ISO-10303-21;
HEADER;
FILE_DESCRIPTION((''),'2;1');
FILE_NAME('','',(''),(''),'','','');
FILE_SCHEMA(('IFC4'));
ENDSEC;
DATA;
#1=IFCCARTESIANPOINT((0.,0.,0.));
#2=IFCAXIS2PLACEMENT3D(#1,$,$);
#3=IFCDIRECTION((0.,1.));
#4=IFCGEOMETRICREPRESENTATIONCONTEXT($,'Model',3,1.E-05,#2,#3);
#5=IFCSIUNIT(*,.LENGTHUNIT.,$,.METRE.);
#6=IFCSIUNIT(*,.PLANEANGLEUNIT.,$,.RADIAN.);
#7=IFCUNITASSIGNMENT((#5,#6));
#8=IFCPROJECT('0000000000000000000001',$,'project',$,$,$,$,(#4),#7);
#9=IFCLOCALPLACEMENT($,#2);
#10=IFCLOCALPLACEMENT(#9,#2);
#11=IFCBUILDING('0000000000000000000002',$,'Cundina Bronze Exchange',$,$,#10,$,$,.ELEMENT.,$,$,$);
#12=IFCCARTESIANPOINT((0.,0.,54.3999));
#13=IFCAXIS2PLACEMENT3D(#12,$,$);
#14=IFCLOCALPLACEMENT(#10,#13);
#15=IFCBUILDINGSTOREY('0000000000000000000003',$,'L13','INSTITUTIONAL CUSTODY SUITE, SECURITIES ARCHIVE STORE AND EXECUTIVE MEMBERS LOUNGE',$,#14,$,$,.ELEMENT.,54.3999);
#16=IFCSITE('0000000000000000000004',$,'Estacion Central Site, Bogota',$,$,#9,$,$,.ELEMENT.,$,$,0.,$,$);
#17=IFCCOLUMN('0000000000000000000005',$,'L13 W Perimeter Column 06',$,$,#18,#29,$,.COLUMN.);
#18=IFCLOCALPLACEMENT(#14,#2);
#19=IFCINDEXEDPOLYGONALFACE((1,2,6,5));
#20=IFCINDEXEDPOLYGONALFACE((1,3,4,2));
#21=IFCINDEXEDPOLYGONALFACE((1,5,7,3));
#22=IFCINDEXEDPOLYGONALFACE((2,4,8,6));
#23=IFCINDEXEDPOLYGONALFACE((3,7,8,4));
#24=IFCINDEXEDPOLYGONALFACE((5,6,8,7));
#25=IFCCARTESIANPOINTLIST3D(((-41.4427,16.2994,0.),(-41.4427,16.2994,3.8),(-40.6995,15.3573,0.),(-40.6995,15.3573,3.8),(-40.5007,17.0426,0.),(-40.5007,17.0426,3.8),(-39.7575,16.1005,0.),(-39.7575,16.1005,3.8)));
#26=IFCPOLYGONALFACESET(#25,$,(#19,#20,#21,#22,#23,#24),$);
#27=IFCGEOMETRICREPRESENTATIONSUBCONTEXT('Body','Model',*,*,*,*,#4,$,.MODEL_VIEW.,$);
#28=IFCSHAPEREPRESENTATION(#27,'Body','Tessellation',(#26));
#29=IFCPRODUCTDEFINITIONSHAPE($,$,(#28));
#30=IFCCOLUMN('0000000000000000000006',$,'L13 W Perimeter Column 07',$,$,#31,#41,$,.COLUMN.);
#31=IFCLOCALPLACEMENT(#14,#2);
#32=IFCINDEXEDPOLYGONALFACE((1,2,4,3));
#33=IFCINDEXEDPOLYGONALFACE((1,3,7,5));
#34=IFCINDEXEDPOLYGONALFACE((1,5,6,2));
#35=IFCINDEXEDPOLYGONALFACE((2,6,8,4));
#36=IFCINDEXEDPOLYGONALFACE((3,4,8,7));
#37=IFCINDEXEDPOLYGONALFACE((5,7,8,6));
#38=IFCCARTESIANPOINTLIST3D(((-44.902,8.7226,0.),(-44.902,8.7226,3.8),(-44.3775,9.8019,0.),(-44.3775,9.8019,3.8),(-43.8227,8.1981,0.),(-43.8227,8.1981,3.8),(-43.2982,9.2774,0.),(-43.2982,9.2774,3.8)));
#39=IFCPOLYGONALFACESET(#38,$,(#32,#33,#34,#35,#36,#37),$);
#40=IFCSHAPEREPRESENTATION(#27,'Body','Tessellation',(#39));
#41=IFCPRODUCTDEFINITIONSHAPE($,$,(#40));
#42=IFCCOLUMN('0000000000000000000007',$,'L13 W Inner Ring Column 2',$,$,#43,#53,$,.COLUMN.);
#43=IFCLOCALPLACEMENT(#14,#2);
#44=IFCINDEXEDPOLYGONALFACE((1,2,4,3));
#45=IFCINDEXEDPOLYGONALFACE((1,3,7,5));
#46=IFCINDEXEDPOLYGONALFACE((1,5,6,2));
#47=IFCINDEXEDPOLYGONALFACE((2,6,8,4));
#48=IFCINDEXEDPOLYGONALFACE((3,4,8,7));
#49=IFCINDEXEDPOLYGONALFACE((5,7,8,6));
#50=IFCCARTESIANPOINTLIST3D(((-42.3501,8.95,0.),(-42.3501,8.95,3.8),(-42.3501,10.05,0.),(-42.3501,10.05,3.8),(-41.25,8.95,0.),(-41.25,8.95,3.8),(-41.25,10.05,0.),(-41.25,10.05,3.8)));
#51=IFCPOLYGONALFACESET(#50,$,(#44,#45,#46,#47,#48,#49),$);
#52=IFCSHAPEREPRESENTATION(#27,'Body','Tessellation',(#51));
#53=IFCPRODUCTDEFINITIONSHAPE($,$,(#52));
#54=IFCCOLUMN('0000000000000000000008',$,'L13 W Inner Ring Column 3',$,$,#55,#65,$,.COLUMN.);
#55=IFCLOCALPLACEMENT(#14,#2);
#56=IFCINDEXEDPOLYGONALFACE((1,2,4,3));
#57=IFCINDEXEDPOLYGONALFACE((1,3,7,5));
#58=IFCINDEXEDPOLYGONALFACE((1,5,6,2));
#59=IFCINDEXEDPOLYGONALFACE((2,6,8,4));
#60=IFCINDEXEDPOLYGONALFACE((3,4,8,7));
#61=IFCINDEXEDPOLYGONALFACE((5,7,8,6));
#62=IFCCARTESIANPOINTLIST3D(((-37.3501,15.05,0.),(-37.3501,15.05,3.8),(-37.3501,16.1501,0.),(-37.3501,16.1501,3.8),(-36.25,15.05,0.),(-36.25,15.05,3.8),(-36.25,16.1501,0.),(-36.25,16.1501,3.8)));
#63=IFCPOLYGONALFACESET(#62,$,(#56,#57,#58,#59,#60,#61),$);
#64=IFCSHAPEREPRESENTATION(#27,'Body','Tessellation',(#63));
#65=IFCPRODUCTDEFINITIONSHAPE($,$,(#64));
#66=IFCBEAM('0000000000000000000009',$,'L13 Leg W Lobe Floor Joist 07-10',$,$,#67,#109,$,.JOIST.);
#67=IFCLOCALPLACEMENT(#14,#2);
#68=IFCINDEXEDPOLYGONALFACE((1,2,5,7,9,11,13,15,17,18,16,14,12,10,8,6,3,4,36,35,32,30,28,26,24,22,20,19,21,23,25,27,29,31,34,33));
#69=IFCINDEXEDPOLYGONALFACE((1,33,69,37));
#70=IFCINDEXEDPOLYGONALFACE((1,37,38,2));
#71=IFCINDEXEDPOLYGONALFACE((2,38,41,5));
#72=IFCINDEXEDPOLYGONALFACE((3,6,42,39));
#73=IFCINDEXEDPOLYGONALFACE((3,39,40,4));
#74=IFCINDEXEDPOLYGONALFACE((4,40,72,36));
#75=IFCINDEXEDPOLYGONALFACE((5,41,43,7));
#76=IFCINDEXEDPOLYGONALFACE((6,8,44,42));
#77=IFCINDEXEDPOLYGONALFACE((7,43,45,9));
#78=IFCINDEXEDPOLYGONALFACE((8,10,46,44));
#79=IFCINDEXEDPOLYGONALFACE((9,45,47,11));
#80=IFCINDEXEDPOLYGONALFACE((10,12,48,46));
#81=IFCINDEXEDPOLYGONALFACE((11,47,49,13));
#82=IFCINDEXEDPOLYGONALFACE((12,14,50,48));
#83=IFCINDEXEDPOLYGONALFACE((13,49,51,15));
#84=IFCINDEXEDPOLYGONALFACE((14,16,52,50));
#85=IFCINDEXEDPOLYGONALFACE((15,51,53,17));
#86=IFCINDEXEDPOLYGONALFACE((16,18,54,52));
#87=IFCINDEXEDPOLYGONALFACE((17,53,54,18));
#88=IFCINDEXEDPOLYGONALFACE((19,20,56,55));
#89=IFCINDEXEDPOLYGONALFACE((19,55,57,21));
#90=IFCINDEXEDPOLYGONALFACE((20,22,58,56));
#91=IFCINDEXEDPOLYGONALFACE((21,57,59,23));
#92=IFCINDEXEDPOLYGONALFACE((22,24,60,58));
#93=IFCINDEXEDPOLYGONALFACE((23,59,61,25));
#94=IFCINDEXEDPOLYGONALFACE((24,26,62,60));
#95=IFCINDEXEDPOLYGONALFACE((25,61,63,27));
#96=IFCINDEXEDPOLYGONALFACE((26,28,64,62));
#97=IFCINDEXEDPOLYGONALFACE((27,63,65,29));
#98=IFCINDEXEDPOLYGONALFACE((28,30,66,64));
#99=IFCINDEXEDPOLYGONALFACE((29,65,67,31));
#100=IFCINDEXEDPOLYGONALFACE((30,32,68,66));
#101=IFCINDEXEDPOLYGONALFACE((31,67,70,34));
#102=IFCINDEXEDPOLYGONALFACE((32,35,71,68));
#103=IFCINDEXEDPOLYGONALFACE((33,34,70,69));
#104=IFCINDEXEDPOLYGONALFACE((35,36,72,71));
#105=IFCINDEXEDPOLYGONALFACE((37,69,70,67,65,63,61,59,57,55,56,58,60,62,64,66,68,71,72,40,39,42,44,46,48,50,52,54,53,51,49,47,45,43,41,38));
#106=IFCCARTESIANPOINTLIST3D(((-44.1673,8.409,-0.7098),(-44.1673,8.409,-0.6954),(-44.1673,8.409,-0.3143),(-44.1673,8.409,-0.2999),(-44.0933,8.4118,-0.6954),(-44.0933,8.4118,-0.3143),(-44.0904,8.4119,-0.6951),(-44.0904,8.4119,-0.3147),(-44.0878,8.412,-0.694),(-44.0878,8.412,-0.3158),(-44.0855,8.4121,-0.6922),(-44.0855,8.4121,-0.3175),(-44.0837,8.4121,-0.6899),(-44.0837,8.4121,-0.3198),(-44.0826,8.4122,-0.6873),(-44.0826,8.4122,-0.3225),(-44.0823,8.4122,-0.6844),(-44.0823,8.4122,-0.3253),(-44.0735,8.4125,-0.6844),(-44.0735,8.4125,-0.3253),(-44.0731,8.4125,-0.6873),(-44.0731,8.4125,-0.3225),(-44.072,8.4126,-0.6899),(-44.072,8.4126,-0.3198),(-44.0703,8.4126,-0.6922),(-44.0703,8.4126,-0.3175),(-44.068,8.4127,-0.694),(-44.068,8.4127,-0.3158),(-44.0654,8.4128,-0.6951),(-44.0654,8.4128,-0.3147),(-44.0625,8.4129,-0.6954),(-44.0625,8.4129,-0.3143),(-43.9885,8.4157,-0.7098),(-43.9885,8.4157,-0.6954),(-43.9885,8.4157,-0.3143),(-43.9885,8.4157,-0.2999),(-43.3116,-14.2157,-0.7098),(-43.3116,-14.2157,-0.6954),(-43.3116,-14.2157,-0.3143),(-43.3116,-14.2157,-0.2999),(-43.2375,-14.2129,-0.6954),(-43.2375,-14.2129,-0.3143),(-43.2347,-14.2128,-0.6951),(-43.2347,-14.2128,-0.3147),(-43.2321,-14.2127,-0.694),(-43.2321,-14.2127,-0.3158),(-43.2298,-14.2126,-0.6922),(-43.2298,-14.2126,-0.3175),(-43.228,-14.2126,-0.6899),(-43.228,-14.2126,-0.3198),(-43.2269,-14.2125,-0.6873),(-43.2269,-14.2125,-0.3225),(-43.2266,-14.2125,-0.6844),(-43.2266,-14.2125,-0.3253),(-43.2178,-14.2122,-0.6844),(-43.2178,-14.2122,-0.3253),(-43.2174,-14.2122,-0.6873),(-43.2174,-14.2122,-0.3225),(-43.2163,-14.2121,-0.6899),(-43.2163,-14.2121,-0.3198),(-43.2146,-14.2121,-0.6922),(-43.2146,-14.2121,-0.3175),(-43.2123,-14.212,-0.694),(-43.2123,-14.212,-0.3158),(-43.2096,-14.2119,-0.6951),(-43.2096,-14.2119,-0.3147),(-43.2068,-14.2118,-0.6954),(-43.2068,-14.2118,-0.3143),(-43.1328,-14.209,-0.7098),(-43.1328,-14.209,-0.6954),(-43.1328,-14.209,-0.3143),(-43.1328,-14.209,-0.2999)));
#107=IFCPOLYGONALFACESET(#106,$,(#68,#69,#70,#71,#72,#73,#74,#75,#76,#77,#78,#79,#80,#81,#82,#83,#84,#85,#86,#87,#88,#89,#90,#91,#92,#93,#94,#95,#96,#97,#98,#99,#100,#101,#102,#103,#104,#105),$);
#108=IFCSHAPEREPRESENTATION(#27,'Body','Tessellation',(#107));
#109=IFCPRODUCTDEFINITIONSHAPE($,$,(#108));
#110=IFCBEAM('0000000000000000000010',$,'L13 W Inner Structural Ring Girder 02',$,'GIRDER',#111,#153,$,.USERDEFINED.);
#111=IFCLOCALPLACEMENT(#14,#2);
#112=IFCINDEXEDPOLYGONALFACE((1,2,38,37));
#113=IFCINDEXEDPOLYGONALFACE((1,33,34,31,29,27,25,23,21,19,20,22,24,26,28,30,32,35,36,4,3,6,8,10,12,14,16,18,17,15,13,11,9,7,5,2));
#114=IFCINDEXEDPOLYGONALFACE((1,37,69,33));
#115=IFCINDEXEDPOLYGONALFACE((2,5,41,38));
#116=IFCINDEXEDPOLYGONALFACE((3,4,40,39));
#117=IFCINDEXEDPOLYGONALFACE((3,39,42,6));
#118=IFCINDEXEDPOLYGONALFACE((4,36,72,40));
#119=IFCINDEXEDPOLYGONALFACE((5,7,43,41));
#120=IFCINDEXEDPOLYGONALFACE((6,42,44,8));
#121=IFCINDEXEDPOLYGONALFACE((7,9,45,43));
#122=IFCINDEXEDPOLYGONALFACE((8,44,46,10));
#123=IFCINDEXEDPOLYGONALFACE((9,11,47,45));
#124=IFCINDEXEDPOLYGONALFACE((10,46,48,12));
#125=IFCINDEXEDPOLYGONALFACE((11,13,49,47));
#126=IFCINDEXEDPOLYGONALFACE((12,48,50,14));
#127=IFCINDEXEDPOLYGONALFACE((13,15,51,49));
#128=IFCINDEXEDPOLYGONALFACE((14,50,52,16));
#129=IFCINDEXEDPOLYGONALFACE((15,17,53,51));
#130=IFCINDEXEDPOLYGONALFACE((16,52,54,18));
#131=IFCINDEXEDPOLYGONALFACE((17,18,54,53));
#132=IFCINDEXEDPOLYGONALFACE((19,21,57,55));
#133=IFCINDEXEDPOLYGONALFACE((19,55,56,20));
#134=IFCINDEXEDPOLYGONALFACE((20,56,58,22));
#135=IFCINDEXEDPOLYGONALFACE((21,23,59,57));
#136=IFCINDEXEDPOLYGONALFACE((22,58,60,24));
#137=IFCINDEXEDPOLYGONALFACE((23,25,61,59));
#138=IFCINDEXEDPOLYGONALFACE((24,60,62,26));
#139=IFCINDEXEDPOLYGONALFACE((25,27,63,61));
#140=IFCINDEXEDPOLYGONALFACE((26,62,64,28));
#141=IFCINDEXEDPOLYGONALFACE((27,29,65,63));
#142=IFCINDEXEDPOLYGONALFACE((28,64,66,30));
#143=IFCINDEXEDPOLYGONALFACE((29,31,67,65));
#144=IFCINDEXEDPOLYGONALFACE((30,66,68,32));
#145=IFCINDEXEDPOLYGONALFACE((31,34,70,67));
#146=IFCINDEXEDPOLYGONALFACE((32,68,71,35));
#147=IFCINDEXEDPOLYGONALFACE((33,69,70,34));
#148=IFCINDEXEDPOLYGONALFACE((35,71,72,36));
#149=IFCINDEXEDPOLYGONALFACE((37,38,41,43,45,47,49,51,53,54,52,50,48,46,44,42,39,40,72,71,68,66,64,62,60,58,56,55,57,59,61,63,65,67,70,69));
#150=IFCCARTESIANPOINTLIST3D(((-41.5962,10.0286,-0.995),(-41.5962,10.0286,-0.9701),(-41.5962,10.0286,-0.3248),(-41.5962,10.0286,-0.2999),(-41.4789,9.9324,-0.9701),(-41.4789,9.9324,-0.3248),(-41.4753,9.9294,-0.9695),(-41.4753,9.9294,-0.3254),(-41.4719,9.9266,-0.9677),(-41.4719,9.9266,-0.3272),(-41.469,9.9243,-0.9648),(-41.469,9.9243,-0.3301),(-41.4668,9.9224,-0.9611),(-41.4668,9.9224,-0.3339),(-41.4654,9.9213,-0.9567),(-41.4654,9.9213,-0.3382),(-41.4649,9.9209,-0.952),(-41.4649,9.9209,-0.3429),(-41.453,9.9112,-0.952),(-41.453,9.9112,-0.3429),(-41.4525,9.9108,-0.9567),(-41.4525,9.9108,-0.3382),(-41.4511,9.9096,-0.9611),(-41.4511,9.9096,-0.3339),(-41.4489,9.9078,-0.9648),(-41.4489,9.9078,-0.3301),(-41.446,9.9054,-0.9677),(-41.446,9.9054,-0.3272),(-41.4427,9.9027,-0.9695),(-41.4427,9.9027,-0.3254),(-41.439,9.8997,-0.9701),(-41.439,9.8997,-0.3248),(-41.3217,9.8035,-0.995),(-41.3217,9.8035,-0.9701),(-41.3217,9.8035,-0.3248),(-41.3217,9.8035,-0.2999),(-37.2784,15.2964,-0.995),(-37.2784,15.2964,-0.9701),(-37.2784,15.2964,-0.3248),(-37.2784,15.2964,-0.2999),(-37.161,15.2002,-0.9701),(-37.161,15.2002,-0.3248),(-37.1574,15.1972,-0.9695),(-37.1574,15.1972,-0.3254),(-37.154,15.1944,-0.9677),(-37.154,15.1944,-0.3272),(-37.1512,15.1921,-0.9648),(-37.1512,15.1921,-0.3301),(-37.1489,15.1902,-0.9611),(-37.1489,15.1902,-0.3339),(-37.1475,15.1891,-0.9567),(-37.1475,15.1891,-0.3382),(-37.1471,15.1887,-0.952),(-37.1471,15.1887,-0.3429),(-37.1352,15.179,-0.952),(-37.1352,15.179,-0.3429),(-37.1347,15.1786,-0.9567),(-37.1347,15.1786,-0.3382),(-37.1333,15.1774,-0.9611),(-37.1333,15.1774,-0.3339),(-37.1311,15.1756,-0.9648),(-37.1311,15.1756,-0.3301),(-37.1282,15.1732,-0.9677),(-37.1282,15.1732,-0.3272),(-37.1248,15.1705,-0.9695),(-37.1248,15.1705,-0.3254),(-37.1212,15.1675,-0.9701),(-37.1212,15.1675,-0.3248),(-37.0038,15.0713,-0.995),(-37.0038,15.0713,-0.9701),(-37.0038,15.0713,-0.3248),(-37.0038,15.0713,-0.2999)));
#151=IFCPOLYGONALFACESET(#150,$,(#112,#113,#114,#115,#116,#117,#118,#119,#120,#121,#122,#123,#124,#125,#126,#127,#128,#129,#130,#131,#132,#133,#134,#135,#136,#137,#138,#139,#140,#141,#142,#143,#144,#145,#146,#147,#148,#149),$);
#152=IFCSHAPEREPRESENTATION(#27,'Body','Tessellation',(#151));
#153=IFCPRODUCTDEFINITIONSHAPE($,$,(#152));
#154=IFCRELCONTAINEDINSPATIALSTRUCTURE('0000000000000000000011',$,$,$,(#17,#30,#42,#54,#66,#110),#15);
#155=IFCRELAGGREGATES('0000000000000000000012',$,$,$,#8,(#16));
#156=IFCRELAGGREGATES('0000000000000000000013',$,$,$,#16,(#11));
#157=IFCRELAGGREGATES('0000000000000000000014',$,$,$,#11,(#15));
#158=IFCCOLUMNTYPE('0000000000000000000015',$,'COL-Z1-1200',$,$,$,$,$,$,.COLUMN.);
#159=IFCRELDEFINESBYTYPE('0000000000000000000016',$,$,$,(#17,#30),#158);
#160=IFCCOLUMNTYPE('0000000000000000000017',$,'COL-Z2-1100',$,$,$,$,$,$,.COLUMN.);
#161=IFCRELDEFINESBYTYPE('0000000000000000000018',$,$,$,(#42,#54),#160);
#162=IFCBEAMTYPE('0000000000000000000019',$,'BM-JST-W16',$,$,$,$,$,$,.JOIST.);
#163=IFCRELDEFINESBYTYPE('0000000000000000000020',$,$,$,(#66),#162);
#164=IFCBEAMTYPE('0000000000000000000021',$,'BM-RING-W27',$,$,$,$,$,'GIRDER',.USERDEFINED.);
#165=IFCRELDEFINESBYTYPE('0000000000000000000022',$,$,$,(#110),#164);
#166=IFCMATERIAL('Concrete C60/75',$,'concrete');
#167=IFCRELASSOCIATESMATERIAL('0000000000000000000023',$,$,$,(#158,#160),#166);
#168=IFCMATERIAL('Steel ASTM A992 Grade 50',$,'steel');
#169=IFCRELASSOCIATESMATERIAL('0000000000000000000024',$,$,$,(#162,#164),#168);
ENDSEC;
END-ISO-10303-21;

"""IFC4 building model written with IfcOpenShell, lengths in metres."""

from ifc_helpers import new_model, si_unit, direction, frame, origin, origin_2d, place, context, subcontext, project, spatial, rectangle, i_section, extrude, material, material_profile, profile_set, type_object, element, save


model = new_model("IFC4")

# Units and contexts
model_context = context("Model", 3, precision=1e-05, world=origin(), true_north=direction((0.0, 1.0)))
body_context = subcontext(model_context, "Body", "Model", "MODEL_VIEW")
ifc_project = project(units=[si_unit("LENGTHUNIT", "METRE"), si_unit("PLANEANGLEUNIT", "RADIAN")], contexts=[model_context])

# Site, building, storey
site_placement = place(None, origin())
site = spatial("IfcSite", under=ifc_project, at=site_placement, Name="Estacion Central Site, Bogota", CompositionType="ELEMENT", RefElevation=0.0)
building_placement = place(site_placement, origin())
building = spatial("IfcBuilding", under=site, at=building_placement, Name="Cundina Bronze Exchange", CompositionType="ELEMENT")
storey_placement = place(building_placement, frame((0.0, 0.0, 54.3999)))
storey = spatial("IfcBuildingStorey", under=building, at=storey_placement, Name="L13", Description="INSTITUTIONAL CUSTODY SUITE, SECURITIES ARCHIVE STORE AND EXECUTIVE MEMBERS LOUNGE", CompositionType="ELEMENT", Elevation=54.3999)

# Columns
ifc_material_1 = material(Name="Concrete C60/75", Category="concrete")
ifc_material_profile_1 = material_profile(ifc_material_1, rectangle(XDim=1.2, YDim=1.2, at=origin_2d()), Name="RC1200X1200", Category="concrete")
ifc_profile_set_1 = profile_set([ifc_material_profile_1], Name="Concrete C60/75")
column_type_1 = type_object("IfcColumnType", Name="COL-Z1-1200", PredefinedType="COLUMN", material=ifc_profile_set_1)
for number, where, z_axis, x_axis, name in (
    (1, (-40.6001, 16.2, 0.0), (0.0, 0.0, 1.0), (-0.785101, -0.619368, 0.0), "L13 W Perimeter Column 06"),
    (2, (-44.1001, 9.0, 0.0), (0.0, 0.0, 1.0), (-0.437116, -0.899405, 0.0), "L13 W Perimeter Column 07"),
):
    element("IfcColumn", number, at=place(storey_placement, frame(where, z_axis=z_axis, x_axis=x_axis)), inside=storey, type_object=column_type_1, Name=name, PredefinedType="COLUMN", context=body_context, shape_type="SweptSolid", body=[
        extrude(rectangle(XDim=1.2, YDim=1.2, at=origin_2d()), origin(), (0.0, 0.0, 1.0), 3.8),
    ])
ifc_material_profile_2 = material_profile(ifc_material_1, rectangle(XDim=1.1001, YDim=1.1001, at=origin_2d()), Name="RC1100X1100", Category="concrete")
ifc_profile_set_2 = profile_set([ifc_material_profile_2], Name="Concrete C60/75")
column_type_2 = type_object("IfcColumnType", Name="COL-Z2-1100", PredefinedType="COLUMN", material=ifc_profile_set_2)
for number, where, z_axis, x_axis, name in (
    (3, (-41.8, 9.5, 0.0), (0.0, 0.0, 1.0), (1.0, 0.0, 0.0), "L13 W Inner Ring Column 2"),
    (4, (-36.8, 15.6001, 0.0), (0.0, 0.0, 1.0), (1.0, 0.0, 0.0), "L13 W Inner Ring Column 3"),
):
    element("IfcColumn", number, at=place(storey_placement, frame(where, z_axis=z_axis, x_axis=x_axis)), inside=storey, type_object=column_type_2, Name=name, PredefinedType="COLUMN", context=body_context, shape_type="SweptSolid", body=[
        extrude(rectangle(XDim=1.1001, YDim=1.1001, at=origin_2d()), origin(), (0.0, 0.0, 1.0), 3.8),
    ])

# Beams
ifc_material_2 = material(Name="Steel ASTM A992 Grade 50", Category="steel")
ifc_material_profile_3 = material_profile(ifc_material_2, i_section(OverallWidth=0.179, OverallDepth=0.4099, WebThickness=0.0088, FlangeThickness=0.0144, FilletRadius=0.011, at=origin_2d()), Name="W16X45", Category="steel")
ifc_profile_set_3 = profile_set([ifc_material_profile_3], Name="Steel ASTM A992 Grade 50")
beam_type_1 = type_object("IfcBeamType", Name="BM-JST-W16", PredefinedType="JOIST", material=ifc_profile_set_3)
beam_1_placement = place(storey_placement, frame((-44.0779, 8.4124, -0.5049), z_axis=(0.037795, -0.999286, 0.0), x_axis=(0.999286, 0.037795, 0.0)))
element("IfcBeam", 5, at=beam_1_placement, inside=storey, type_object=beam_type_1, Name="L13 Leg W Lobe Floor Joist 07-10", PredefinedType="JOIST", context=body_context, shape_type="SweptSolid", body=[
    extrude(i_section(OverallWidth=0.179, OverallDepth=0.4099, WebThickness=0.0088, FlangeThickness=0.0144, FilletRadius=0.011, at=origin_2d()), origin(), (0.0, 0.0, 1.0), 22.6409),
])
ifc_material_profile_4 = material_profile(ifc_material_2, i_section(OverallWidth=0.355, OverallDepth=0.6951, WebThickness=0.0154, FlangeThickness=0.0249, FilletRadius=0.0181, at=origin_2d()), Name="W27X146", Category="steel")
ifc_profile_set_4 = profile_set([ifc_material_profile_4], Name="Steel ASTM A992 Grade 50")
beam_type_2 = type_object("IfcBeamType", Name="BM-RING-W27", ElementType="GIRDER", PredefinedType="USERDEFINED", material=ifc_profile_set_4)
beam_2_placement = place(storey_placement, frame((-37.1411, 15.1838, -0.6475), z_axis=(-0.633927, -0.773393, 0.0), x_axis=(0.773393, -0.633927, 0.0)))
element("IfcBeam", 6, at=beam_2_placement, inside=storey, type_object=beam_type_2, Name="L13 W Inner Structural Ring Girder 02", ObjectType="GIRDER", PredefinedType="USERDEFINED", context=body_context, shape_type="SweptSolid", body=[
    extrude(i_section(OverallWidth=0.355, OverallDepth=0.6951, WebThickness=0.0154, FlangeThickness=0.0249, FilletRadius=0.0181, at=origin_2d()), origin(), (0.0, 0.0, 1.0), 6.8113),
])

save(model, "model.ifc")
